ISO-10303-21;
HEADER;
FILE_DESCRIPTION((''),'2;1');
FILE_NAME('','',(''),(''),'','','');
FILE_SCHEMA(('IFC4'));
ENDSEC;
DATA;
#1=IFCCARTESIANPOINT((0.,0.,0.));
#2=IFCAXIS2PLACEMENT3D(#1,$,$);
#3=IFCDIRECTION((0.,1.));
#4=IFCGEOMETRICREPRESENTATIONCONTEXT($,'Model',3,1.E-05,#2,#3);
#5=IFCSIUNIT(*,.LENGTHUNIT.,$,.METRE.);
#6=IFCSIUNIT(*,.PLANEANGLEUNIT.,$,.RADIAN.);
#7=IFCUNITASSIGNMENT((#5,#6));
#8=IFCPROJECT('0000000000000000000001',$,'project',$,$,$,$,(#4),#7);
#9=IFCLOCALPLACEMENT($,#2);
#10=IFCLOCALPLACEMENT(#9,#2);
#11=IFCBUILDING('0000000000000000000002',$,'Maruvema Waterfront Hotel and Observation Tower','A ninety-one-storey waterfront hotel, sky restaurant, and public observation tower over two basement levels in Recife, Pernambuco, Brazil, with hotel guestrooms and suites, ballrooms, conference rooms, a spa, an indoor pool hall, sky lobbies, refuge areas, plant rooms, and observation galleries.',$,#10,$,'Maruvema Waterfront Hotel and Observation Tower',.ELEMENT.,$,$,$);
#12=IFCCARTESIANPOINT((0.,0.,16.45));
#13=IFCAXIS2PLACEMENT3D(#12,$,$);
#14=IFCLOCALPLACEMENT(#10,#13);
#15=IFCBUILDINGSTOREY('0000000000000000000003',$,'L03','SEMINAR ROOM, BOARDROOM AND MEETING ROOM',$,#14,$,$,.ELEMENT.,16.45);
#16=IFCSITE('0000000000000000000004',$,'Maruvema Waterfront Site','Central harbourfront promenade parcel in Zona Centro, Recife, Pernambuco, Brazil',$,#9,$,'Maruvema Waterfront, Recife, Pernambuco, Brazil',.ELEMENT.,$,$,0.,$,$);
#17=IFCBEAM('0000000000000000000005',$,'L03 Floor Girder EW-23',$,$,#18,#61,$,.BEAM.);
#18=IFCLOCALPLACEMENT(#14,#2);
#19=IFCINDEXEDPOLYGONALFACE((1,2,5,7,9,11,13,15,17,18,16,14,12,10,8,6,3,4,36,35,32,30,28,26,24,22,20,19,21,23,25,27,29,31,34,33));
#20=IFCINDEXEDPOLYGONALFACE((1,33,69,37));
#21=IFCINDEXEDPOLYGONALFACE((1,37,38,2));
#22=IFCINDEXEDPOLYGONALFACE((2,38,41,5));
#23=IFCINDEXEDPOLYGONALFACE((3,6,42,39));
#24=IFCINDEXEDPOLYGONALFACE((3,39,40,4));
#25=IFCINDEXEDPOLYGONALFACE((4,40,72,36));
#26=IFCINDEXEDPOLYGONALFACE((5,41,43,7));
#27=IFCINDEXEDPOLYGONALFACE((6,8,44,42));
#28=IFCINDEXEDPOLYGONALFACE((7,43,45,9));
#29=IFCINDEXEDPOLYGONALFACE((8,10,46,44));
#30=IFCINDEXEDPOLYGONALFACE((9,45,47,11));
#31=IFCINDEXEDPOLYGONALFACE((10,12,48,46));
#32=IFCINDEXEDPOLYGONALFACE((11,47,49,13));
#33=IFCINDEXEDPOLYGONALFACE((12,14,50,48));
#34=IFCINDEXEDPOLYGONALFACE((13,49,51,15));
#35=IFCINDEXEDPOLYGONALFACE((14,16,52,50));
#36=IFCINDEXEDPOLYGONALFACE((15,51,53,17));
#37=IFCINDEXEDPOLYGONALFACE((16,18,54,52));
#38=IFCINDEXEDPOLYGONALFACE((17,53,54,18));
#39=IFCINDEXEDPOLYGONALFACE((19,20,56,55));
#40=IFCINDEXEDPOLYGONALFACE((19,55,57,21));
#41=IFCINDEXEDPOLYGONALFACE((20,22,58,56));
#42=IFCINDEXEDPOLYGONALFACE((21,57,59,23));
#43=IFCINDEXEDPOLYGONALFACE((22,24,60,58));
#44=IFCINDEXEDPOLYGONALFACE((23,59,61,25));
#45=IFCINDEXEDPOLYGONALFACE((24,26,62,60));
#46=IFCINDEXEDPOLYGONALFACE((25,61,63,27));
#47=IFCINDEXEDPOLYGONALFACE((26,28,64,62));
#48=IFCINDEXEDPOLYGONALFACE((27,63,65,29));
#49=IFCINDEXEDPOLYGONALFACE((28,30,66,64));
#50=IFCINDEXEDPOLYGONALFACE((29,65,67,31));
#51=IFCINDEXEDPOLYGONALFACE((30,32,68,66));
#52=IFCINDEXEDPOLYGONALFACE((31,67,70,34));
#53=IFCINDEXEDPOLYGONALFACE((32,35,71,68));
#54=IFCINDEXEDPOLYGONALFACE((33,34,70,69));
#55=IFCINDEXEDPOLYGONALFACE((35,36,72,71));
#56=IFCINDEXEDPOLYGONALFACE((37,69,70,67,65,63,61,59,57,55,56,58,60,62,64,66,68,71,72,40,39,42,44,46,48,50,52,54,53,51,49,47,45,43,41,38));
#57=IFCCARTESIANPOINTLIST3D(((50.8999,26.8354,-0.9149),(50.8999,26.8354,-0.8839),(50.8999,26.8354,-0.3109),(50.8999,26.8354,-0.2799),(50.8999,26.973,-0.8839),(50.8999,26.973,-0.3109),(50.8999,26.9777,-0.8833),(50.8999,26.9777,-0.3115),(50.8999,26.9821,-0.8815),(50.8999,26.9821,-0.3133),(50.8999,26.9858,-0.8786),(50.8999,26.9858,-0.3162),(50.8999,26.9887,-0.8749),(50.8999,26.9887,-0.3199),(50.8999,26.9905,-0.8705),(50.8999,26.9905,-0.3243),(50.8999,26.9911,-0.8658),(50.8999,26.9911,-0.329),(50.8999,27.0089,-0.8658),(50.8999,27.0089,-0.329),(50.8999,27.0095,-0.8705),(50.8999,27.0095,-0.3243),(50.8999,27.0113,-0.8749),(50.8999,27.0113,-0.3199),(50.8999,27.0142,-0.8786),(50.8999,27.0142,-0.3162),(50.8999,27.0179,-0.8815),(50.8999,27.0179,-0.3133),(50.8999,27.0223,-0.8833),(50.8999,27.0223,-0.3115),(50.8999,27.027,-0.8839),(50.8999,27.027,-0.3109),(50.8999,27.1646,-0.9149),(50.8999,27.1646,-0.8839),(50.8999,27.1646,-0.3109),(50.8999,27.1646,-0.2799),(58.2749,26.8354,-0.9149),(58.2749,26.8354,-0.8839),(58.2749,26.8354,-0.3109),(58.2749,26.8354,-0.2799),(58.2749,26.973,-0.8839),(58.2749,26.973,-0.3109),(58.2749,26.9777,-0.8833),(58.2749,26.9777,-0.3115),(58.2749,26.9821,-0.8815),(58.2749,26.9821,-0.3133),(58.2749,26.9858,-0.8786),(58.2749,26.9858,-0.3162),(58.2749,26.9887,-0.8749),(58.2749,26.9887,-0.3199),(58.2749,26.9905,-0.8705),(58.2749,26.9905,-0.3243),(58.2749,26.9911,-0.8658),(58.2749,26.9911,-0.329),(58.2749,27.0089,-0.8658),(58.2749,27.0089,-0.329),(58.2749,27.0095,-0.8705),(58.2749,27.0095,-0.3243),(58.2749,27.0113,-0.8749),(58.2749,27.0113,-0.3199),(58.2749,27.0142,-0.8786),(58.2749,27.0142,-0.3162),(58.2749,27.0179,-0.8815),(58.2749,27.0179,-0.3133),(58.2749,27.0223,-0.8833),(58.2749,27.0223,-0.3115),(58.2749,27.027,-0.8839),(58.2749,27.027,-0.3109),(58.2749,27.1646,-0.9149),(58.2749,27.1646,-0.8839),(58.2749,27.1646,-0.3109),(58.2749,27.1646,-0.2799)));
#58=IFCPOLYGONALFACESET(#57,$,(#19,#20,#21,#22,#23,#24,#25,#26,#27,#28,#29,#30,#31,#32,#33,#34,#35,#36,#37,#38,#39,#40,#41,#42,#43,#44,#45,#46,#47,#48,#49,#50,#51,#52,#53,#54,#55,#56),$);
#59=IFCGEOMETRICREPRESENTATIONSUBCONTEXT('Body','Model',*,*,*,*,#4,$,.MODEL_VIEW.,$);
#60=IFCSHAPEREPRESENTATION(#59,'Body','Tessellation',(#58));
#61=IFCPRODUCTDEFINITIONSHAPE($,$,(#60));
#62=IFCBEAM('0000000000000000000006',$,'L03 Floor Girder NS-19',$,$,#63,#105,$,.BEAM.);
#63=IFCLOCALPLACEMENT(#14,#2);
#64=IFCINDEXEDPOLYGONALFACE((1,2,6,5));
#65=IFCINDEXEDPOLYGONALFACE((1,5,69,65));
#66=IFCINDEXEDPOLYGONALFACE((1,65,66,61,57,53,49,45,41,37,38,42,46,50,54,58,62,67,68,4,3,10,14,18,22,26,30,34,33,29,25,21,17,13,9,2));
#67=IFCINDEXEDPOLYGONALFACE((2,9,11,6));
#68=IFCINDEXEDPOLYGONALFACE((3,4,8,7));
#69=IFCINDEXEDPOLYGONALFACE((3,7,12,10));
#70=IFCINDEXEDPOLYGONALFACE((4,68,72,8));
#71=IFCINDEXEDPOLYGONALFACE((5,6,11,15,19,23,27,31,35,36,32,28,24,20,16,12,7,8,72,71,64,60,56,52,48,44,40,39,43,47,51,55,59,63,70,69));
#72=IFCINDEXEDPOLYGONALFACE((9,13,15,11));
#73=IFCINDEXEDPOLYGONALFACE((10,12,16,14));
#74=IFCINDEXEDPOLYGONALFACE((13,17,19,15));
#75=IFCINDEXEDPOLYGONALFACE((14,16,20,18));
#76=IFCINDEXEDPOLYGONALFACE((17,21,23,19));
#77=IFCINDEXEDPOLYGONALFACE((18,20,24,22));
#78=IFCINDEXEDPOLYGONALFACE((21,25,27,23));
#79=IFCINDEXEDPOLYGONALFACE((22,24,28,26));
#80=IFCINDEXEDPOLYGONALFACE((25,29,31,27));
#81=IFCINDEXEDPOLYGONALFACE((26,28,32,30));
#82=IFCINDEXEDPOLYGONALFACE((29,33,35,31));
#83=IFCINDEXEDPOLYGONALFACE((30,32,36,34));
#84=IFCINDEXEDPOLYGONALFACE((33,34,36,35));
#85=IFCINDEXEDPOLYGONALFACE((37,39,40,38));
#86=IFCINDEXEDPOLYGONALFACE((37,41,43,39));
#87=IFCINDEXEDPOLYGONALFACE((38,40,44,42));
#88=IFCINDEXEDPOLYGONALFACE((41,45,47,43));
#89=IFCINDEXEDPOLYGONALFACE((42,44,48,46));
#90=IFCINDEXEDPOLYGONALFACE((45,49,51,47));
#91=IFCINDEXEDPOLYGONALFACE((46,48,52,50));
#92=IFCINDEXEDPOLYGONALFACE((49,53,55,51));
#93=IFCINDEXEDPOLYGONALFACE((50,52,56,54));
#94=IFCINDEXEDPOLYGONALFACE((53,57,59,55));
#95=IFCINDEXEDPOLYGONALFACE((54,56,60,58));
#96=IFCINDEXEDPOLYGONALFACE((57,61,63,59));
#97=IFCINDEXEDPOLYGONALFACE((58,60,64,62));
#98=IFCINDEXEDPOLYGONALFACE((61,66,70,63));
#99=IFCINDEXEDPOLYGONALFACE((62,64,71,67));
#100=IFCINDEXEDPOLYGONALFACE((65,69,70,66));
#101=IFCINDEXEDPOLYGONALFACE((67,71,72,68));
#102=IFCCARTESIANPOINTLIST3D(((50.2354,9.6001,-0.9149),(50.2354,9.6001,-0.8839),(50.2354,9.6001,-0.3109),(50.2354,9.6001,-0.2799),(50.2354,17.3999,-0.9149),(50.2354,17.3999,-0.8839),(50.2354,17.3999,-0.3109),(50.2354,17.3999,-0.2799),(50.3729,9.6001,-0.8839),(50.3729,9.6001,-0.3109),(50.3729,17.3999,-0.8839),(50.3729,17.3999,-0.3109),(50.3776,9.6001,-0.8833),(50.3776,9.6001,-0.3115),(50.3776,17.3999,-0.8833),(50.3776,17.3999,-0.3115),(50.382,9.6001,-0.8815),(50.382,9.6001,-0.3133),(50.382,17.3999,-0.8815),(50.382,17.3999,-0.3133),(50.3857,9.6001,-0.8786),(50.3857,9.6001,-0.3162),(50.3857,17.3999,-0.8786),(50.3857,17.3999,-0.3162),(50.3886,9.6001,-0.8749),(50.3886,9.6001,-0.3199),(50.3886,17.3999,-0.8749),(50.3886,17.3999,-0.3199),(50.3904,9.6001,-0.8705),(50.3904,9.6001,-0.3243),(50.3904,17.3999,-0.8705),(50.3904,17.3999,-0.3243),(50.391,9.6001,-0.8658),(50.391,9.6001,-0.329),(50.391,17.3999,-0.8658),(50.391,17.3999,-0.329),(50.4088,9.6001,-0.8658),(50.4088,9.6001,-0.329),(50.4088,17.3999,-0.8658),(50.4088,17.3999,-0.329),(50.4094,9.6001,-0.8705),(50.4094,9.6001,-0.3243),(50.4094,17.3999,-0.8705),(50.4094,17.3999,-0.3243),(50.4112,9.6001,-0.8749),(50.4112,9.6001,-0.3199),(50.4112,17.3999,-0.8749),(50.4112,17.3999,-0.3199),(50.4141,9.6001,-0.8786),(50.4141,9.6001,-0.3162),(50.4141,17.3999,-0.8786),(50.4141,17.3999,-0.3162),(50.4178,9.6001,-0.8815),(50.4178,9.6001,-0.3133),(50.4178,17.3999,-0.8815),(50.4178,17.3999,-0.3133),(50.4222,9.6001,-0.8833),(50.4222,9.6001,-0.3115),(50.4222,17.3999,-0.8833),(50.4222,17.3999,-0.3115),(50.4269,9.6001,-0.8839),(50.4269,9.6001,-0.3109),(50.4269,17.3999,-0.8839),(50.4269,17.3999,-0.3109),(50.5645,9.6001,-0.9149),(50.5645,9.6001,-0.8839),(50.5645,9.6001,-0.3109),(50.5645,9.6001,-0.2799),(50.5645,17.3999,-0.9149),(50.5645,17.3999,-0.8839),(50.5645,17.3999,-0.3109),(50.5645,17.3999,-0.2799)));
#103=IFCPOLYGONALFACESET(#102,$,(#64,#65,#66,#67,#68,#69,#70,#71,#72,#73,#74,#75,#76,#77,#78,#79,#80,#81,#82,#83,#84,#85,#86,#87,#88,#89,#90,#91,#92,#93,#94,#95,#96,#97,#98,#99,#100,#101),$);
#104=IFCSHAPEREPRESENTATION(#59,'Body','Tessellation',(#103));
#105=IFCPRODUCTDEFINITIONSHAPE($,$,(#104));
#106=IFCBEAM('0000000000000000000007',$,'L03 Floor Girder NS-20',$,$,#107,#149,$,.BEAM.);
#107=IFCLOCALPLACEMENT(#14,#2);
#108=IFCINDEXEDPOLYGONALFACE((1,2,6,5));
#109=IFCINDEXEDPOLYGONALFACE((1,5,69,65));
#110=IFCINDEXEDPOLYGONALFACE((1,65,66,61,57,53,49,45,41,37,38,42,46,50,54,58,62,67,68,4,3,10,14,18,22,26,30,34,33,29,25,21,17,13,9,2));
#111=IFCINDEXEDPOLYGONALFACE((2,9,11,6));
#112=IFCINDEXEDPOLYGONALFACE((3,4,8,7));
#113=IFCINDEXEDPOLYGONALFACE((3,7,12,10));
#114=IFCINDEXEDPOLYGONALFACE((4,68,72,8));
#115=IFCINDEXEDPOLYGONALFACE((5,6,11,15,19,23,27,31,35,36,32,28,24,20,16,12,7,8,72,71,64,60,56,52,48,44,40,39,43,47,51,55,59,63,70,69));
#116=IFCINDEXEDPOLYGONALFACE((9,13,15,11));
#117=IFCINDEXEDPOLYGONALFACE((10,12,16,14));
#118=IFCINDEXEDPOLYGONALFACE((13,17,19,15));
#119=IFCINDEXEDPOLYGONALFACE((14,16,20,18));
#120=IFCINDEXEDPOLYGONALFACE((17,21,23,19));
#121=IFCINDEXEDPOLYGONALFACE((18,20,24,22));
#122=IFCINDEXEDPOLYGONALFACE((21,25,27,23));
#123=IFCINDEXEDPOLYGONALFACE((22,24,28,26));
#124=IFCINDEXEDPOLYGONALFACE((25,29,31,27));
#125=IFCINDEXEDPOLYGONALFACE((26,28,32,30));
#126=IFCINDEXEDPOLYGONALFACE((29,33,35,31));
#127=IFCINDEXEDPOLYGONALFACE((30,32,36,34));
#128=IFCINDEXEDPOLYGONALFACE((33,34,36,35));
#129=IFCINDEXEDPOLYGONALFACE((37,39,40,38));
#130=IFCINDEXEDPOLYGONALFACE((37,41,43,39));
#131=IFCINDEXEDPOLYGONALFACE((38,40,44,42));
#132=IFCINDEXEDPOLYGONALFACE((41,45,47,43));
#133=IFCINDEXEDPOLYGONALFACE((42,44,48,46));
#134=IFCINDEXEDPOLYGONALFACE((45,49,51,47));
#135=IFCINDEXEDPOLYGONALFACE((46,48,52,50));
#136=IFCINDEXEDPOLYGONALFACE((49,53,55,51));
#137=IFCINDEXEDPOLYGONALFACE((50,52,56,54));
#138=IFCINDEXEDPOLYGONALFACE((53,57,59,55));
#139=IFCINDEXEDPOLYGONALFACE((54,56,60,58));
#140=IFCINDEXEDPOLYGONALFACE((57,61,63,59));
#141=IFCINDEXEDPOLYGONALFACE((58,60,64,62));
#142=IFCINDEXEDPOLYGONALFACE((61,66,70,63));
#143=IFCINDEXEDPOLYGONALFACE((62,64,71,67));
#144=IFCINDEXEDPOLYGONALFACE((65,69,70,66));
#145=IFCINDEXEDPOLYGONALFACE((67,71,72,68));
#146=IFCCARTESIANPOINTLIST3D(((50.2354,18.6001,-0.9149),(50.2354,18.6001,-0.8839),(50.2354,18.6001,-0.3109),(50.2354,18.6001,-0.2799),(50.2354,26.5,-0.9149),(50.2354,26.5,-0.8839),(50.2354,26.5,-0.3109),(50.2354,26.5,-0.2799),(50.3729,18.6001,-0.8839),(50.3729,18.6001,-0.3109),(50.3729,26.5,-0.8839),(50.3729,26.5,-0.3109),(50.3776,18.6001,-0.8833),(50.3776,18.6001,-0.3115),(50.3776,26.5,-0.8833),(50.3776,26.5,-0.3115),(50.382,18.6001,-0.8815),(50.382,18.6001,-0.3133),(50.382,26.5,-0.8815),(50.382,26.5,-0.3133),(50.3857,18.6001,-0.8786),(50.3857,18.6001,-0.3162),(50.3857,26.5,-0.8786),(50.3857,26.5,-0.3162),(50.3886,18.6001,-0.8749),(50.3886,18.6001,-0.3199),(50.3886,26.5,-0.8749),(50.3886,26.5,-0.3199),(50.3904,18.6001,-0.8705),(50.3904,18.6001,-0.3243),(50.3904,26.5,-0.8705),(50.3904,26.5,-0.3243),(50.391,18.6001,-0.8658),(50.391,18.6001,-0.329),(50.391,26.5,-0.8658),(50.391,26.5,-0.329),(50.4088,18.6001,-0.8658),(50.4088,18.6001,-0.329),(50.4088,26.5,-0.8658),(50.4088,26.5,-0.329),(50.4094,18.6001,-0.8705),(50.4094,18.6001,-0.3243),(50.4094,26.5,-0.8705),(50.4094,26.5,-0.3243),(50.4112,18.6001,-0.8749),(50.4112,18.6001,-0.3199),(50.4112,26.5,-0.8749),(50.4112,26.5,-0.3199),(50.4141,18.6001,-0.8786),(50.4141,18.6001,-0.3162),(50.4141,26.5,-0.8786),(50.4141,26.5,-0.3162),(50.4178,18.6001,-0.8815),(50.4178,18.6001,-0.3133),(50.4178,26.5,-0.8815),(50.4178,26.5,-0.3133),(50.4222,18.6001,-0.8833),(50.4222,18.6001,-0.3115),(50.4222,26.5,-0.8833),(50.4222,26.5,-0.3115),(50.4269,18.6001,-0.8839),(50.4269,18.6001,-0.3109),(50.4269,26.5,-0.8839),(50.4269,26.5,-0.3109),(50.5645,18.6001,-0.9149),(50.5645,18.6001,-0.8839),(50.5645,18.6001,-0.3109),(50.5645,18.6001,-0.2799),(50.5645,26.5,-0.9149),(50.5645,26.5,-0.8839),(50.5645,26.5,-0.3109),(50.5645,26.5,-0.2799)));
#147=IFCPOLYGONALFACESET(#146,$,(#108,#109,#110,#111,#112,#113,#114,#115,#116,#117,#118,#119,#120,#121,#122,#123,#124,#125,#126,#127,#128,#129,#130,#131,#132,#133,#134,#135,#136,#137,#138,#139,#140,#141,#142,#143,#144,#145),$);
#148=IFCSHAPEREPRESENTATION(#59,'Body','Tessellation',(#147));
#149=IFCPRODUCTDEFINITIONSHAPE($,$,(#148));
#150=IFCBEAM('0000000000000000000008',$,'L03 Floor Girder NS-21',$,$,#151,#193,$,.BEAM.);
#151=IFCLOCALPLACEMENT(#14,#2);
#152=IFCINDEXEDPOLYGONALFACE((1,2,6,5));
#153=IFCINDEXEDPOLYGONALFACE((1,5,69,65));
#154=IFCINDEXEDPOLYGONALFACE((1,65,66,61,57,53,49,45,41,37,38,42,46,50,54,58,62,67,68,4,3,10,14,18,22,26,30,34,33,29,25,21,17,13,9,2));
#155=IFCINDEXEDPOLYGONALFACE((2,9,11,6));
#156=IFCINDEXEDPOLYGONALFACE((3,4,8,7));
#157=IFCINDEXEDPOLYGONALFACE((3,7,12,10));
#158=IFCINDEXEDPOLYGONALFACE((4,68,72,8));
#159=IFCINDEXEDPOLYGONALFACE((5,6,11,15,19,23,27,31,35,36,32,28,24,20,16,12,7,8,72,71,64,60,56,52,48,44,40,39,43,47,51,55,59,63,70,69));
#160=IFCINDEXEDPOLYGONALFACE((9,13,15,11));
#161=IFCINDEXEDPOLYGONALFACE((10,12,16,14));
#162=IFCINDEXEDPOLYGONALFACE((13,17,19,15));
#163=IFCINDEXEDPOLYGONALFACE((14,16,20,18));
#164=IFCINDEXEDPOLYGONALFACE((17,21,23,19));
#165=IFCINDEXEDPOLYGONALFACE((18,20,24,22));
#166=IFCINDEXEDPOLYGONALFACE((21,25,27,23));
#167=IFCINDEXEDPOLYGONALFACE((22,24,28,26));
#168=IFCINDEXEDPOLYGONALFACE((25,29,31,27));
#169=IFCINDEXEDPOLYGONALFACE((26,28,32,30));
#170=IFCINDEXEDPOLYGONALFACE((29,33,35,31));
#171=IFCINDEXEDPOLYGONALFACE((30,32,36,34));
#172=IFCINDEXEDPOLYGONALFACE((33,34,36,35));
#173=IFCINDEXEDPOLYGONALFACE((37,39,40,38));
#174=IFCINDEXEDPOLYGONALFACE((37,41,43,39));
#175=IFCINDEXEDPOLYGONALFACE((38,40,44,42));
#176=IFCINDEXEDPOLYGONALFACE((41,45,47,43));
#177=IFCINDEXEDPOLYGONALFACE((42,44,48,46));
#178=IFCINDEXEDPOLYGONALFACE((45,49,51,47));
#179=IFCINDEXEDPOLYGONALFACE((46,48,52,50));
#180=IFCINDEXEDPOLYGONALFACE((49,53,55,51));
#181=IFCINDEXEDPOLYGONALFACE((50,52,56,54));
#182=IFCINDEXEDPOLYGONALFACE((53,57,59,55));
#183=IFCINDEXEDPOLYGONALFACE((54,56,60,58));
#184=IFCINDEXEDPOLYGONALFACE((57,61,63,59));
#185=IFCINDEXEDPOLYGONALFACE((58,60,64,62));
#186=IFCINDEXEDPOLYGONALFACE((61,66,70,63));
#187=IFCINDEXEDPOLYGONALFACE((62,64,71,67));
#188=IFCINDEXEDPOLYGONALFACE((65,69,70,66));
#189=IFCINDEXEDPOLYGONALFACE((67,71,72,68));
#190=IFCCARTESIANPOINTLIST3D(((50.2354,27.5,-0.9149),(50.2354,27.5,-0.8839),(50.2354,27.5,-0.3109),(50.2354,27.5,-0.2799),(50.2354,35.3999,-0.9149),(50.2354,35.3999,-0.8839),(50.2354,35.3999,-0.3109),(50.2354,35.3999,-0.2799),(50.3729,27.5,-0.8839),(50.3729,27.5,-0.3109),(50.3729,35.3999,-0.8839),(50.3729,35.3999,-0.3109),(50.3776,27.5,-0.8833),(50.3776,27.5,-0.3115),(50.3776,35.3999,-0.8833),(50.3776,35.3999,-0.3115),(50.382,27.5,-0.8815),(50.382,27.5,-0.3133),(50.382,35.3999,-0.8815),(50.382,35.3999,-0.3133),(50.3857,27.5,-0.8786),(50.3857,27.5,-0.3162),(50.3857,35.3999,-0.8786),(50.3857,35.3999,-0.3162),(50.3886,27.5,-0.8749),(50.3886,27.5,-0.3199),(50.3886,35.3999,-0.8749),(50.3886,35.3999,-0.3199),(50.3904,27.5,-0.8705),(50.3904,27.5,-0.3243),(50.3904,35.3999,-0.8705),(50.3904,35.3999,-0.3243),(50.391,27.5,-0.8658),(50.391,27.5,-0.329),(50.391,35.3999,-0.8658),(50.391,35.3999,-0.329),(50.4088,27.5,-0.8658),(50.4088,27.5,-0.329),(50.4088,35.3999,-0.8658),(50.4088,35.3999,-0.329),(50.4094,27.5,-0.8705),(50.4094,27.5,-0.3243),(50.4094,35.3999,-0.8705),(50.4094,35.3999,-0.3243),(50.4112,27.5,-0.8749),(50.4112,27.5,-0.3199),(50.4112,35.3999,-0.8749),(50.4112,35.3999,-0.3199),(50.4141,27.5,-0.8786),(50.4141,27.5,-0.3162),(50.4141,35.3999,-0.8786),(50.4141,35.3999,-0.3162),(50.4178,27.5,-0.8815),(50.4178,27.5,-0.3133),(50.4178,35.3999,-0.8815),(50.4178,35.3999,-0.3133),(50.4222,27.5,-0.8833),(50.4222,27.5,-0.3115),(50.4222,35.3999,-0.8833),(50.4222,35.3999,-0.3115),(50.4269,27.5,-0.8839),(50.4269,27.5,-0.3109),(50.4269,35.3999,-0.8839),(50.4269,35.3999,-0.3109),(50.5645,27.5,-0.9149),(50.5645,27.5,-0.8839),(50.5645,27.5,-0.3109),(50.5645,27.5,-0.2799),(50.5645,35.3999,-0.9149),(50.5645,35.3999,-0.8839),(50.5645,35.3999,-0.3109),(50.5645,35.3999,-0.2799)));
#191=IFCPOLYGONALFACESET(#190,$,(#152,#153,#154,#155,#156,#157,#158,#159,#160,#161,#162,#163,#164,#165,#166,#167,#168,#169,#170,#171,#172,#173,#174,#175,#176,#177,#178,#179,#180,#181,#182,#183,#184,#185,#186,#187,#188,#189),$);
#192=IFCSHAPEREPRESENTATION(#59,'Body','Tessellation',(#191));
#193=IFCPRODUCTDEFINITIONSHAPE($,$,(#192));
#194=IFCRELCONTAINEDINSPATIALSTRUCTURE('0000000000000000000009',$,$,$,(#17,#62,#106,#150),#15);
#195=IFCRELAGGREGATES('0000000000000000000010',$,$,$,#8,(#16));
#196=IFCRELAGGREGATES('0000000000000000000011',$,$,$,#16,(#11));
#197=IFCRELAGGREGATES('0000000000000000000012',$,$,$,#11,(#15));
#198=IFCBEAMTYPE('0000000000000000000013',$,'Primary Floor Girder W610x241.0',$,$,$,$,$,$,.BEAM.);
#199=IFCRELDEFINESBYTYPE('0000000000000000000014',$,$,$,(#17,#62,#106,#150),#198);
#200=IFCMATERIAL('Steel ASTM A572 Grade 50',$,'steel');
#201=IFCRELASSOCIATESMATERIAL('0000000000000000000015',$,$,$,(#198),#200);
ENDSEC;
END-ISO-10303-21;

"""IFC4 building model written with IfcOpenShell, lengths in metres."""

from ifc_helpers import new_model, si_unit, direction, frame, origin, origin_2d, place, context, subcontext, project, spatial, i_section, extrude, material, material_profile, profile_set, type_object, element, save


model = new_model("IFC4")

# Units and contexts
model_context = context("Model", 3, precision=1e-05, world=origin(), true_north=direction((0.0, 1.0)))
body_context = subcontext(model_context, "Body", "Model", "MODEL_VIEW")
ifc_project = project(units=[si_unit("LENGTHUNIT", "METRE"), si_unit("PLANEANGLEUNIT", "RADIAN")], contexts=[model_context])

# Site, building, storey
site_placement = place(None, origin())
site = spatial("IfcSite", under=ifc_project, at=site_placement, Name="Maruvema Waterfront Site", Description="Central harbourfront promenade parcel in Zona Centro, Recife, Pernambuco, Brazil", LongName="Maruvema Waterfront, Recife, Pernambuco, Brazil", CompositionType="ELEMENT", RefElevation=0.0)
building_placement = place(site_placement, origin())
building = spatial("IfcBuilding", under=site, at=building_placement, Name="Maruvema Waterfront Hotel and Observation Tower", Description="A ninety-one-storey waterfront hotel, sky restaurant, and public observation tower over two basement levels in Recife, Pernambuco, Brazil, with hotel guestrooms and suites, ballrooms, conference rooms, a spa, an indoor pool hall, sky lobbies, refuge areas, plant rooms, and observation galleries.", LongName="Maruvema Waterfront Hotel and Observation Tower", CompositionType="ELEMENT")
storey_placement = place(building_placement, frame((0.0, 0.0, 16.45)))
storey = spatial("IfcBuildingStorey", under=building, at=storey_placement, Name="L03", Description="SEMINAR ROOM, BOARDROOM AND MEETING ROOM", CompositionType="ELEMENT", Elevation=16.45)

# Beams
ifc_material_1 = material(Name="Steel ASTM A572 Grade 50", Category="steel")
ifc_material_profile_1 = material_profile(ifc_material_1, i_section(OverallWidth=0.3291, OverallDepth=0.635, WebThickness=0.0178, FlangeThickness=0.031, FilletRadius=0.0181, at=origin_2d()), Name="W610x241.0")
ifc_profile_set_1 = profile_set([ifc_material_profile_1], Name="Steel ASTM A572 Grade 50")
beam_type_1 = type_object("IfcBeamType", Name="Primary Floor Girder W610x241.0", PredefinedType="BEAM", material=ifc_profile_set_1)
beam_1_placement = place(storey_placement, frame((50.8999, 27.0, -0.5974), z_axis=(1.0, 0.0, 0.0), x_axis=(0.0, 1.0, 0.0)))
element("IfcBeam", 1, at=beam_1_placement, inside=storey, type_object=beam_type_1, Name="L03 Floor Girder EW-23", PredefinedType="BEAM", context=body_context, shape_type="SweptSolid", body=[
    extrude(i_section(OverallWidth=0.3291, OverallDepth=0.635, WebThickness=0.0178, FlangeThickness=0.031, FilletRadius=0.0181, at=origin_2d()), origin(), (0.0, 0.0, 1.0), 7.375),
])
beam_2_placement = place(storey_placement, frame((50.3999, 9.6001, -0.5974), z_axis=(0.0, 1.0, 0.0), x_axis=(-1.0, 0.0, 0.0)))
element("IfcBeam", 2, at=beam_2_placement, inside=storey, type_object=beam_type_1, Name="L03 Floor Girder NS-19", PredefinedType="BEAM", context=body_context, shape_type="SweptSolid", body=[
    extrude(i_section(OverallWidth=0.3291, OverallDepth=0.635, WebThickness=0.0178, FlangeThickness=0.031, FilletRadius=0.0181, at=origin_2d()), origin(), (0.0, 0.0, 1.0), 7.7998),
])
for number, where, z_axis, x_axis, name in (
    (3, (50.3999, 18.6001, -0.5974), (0.0, 1.0, 0.0), (-1.0, 0.0, 0.0), "L03 Floor Girder NS-20"),
    (4, (50.3999, 27.5, -0.5974), (0.0, 1.0, 0.0), (-1.0, 0.0, 0.0), "L03 Floor Girder NS-21"),
):
    element("IfcBeam", number, at=place(storey_placement, frame(where, z_axis=z_axis, x_axis=x_axis)), inside=storey, type_object=beam_type_1, Name=name, PredefinedType="BEAM", context=body_context, shape_type="SweptSolid", body=[
        extrude(i_section(OverallWidth=0.3291, OverallDepth=0.635, WebThickness=0.0178, FlangeThickness=0.031, FilletRadius=0.0181, at=origin_2d()), origin(), (0.0, 0.0, 1.0), 7.8999),
    ])

save(model, "model.ifc")
